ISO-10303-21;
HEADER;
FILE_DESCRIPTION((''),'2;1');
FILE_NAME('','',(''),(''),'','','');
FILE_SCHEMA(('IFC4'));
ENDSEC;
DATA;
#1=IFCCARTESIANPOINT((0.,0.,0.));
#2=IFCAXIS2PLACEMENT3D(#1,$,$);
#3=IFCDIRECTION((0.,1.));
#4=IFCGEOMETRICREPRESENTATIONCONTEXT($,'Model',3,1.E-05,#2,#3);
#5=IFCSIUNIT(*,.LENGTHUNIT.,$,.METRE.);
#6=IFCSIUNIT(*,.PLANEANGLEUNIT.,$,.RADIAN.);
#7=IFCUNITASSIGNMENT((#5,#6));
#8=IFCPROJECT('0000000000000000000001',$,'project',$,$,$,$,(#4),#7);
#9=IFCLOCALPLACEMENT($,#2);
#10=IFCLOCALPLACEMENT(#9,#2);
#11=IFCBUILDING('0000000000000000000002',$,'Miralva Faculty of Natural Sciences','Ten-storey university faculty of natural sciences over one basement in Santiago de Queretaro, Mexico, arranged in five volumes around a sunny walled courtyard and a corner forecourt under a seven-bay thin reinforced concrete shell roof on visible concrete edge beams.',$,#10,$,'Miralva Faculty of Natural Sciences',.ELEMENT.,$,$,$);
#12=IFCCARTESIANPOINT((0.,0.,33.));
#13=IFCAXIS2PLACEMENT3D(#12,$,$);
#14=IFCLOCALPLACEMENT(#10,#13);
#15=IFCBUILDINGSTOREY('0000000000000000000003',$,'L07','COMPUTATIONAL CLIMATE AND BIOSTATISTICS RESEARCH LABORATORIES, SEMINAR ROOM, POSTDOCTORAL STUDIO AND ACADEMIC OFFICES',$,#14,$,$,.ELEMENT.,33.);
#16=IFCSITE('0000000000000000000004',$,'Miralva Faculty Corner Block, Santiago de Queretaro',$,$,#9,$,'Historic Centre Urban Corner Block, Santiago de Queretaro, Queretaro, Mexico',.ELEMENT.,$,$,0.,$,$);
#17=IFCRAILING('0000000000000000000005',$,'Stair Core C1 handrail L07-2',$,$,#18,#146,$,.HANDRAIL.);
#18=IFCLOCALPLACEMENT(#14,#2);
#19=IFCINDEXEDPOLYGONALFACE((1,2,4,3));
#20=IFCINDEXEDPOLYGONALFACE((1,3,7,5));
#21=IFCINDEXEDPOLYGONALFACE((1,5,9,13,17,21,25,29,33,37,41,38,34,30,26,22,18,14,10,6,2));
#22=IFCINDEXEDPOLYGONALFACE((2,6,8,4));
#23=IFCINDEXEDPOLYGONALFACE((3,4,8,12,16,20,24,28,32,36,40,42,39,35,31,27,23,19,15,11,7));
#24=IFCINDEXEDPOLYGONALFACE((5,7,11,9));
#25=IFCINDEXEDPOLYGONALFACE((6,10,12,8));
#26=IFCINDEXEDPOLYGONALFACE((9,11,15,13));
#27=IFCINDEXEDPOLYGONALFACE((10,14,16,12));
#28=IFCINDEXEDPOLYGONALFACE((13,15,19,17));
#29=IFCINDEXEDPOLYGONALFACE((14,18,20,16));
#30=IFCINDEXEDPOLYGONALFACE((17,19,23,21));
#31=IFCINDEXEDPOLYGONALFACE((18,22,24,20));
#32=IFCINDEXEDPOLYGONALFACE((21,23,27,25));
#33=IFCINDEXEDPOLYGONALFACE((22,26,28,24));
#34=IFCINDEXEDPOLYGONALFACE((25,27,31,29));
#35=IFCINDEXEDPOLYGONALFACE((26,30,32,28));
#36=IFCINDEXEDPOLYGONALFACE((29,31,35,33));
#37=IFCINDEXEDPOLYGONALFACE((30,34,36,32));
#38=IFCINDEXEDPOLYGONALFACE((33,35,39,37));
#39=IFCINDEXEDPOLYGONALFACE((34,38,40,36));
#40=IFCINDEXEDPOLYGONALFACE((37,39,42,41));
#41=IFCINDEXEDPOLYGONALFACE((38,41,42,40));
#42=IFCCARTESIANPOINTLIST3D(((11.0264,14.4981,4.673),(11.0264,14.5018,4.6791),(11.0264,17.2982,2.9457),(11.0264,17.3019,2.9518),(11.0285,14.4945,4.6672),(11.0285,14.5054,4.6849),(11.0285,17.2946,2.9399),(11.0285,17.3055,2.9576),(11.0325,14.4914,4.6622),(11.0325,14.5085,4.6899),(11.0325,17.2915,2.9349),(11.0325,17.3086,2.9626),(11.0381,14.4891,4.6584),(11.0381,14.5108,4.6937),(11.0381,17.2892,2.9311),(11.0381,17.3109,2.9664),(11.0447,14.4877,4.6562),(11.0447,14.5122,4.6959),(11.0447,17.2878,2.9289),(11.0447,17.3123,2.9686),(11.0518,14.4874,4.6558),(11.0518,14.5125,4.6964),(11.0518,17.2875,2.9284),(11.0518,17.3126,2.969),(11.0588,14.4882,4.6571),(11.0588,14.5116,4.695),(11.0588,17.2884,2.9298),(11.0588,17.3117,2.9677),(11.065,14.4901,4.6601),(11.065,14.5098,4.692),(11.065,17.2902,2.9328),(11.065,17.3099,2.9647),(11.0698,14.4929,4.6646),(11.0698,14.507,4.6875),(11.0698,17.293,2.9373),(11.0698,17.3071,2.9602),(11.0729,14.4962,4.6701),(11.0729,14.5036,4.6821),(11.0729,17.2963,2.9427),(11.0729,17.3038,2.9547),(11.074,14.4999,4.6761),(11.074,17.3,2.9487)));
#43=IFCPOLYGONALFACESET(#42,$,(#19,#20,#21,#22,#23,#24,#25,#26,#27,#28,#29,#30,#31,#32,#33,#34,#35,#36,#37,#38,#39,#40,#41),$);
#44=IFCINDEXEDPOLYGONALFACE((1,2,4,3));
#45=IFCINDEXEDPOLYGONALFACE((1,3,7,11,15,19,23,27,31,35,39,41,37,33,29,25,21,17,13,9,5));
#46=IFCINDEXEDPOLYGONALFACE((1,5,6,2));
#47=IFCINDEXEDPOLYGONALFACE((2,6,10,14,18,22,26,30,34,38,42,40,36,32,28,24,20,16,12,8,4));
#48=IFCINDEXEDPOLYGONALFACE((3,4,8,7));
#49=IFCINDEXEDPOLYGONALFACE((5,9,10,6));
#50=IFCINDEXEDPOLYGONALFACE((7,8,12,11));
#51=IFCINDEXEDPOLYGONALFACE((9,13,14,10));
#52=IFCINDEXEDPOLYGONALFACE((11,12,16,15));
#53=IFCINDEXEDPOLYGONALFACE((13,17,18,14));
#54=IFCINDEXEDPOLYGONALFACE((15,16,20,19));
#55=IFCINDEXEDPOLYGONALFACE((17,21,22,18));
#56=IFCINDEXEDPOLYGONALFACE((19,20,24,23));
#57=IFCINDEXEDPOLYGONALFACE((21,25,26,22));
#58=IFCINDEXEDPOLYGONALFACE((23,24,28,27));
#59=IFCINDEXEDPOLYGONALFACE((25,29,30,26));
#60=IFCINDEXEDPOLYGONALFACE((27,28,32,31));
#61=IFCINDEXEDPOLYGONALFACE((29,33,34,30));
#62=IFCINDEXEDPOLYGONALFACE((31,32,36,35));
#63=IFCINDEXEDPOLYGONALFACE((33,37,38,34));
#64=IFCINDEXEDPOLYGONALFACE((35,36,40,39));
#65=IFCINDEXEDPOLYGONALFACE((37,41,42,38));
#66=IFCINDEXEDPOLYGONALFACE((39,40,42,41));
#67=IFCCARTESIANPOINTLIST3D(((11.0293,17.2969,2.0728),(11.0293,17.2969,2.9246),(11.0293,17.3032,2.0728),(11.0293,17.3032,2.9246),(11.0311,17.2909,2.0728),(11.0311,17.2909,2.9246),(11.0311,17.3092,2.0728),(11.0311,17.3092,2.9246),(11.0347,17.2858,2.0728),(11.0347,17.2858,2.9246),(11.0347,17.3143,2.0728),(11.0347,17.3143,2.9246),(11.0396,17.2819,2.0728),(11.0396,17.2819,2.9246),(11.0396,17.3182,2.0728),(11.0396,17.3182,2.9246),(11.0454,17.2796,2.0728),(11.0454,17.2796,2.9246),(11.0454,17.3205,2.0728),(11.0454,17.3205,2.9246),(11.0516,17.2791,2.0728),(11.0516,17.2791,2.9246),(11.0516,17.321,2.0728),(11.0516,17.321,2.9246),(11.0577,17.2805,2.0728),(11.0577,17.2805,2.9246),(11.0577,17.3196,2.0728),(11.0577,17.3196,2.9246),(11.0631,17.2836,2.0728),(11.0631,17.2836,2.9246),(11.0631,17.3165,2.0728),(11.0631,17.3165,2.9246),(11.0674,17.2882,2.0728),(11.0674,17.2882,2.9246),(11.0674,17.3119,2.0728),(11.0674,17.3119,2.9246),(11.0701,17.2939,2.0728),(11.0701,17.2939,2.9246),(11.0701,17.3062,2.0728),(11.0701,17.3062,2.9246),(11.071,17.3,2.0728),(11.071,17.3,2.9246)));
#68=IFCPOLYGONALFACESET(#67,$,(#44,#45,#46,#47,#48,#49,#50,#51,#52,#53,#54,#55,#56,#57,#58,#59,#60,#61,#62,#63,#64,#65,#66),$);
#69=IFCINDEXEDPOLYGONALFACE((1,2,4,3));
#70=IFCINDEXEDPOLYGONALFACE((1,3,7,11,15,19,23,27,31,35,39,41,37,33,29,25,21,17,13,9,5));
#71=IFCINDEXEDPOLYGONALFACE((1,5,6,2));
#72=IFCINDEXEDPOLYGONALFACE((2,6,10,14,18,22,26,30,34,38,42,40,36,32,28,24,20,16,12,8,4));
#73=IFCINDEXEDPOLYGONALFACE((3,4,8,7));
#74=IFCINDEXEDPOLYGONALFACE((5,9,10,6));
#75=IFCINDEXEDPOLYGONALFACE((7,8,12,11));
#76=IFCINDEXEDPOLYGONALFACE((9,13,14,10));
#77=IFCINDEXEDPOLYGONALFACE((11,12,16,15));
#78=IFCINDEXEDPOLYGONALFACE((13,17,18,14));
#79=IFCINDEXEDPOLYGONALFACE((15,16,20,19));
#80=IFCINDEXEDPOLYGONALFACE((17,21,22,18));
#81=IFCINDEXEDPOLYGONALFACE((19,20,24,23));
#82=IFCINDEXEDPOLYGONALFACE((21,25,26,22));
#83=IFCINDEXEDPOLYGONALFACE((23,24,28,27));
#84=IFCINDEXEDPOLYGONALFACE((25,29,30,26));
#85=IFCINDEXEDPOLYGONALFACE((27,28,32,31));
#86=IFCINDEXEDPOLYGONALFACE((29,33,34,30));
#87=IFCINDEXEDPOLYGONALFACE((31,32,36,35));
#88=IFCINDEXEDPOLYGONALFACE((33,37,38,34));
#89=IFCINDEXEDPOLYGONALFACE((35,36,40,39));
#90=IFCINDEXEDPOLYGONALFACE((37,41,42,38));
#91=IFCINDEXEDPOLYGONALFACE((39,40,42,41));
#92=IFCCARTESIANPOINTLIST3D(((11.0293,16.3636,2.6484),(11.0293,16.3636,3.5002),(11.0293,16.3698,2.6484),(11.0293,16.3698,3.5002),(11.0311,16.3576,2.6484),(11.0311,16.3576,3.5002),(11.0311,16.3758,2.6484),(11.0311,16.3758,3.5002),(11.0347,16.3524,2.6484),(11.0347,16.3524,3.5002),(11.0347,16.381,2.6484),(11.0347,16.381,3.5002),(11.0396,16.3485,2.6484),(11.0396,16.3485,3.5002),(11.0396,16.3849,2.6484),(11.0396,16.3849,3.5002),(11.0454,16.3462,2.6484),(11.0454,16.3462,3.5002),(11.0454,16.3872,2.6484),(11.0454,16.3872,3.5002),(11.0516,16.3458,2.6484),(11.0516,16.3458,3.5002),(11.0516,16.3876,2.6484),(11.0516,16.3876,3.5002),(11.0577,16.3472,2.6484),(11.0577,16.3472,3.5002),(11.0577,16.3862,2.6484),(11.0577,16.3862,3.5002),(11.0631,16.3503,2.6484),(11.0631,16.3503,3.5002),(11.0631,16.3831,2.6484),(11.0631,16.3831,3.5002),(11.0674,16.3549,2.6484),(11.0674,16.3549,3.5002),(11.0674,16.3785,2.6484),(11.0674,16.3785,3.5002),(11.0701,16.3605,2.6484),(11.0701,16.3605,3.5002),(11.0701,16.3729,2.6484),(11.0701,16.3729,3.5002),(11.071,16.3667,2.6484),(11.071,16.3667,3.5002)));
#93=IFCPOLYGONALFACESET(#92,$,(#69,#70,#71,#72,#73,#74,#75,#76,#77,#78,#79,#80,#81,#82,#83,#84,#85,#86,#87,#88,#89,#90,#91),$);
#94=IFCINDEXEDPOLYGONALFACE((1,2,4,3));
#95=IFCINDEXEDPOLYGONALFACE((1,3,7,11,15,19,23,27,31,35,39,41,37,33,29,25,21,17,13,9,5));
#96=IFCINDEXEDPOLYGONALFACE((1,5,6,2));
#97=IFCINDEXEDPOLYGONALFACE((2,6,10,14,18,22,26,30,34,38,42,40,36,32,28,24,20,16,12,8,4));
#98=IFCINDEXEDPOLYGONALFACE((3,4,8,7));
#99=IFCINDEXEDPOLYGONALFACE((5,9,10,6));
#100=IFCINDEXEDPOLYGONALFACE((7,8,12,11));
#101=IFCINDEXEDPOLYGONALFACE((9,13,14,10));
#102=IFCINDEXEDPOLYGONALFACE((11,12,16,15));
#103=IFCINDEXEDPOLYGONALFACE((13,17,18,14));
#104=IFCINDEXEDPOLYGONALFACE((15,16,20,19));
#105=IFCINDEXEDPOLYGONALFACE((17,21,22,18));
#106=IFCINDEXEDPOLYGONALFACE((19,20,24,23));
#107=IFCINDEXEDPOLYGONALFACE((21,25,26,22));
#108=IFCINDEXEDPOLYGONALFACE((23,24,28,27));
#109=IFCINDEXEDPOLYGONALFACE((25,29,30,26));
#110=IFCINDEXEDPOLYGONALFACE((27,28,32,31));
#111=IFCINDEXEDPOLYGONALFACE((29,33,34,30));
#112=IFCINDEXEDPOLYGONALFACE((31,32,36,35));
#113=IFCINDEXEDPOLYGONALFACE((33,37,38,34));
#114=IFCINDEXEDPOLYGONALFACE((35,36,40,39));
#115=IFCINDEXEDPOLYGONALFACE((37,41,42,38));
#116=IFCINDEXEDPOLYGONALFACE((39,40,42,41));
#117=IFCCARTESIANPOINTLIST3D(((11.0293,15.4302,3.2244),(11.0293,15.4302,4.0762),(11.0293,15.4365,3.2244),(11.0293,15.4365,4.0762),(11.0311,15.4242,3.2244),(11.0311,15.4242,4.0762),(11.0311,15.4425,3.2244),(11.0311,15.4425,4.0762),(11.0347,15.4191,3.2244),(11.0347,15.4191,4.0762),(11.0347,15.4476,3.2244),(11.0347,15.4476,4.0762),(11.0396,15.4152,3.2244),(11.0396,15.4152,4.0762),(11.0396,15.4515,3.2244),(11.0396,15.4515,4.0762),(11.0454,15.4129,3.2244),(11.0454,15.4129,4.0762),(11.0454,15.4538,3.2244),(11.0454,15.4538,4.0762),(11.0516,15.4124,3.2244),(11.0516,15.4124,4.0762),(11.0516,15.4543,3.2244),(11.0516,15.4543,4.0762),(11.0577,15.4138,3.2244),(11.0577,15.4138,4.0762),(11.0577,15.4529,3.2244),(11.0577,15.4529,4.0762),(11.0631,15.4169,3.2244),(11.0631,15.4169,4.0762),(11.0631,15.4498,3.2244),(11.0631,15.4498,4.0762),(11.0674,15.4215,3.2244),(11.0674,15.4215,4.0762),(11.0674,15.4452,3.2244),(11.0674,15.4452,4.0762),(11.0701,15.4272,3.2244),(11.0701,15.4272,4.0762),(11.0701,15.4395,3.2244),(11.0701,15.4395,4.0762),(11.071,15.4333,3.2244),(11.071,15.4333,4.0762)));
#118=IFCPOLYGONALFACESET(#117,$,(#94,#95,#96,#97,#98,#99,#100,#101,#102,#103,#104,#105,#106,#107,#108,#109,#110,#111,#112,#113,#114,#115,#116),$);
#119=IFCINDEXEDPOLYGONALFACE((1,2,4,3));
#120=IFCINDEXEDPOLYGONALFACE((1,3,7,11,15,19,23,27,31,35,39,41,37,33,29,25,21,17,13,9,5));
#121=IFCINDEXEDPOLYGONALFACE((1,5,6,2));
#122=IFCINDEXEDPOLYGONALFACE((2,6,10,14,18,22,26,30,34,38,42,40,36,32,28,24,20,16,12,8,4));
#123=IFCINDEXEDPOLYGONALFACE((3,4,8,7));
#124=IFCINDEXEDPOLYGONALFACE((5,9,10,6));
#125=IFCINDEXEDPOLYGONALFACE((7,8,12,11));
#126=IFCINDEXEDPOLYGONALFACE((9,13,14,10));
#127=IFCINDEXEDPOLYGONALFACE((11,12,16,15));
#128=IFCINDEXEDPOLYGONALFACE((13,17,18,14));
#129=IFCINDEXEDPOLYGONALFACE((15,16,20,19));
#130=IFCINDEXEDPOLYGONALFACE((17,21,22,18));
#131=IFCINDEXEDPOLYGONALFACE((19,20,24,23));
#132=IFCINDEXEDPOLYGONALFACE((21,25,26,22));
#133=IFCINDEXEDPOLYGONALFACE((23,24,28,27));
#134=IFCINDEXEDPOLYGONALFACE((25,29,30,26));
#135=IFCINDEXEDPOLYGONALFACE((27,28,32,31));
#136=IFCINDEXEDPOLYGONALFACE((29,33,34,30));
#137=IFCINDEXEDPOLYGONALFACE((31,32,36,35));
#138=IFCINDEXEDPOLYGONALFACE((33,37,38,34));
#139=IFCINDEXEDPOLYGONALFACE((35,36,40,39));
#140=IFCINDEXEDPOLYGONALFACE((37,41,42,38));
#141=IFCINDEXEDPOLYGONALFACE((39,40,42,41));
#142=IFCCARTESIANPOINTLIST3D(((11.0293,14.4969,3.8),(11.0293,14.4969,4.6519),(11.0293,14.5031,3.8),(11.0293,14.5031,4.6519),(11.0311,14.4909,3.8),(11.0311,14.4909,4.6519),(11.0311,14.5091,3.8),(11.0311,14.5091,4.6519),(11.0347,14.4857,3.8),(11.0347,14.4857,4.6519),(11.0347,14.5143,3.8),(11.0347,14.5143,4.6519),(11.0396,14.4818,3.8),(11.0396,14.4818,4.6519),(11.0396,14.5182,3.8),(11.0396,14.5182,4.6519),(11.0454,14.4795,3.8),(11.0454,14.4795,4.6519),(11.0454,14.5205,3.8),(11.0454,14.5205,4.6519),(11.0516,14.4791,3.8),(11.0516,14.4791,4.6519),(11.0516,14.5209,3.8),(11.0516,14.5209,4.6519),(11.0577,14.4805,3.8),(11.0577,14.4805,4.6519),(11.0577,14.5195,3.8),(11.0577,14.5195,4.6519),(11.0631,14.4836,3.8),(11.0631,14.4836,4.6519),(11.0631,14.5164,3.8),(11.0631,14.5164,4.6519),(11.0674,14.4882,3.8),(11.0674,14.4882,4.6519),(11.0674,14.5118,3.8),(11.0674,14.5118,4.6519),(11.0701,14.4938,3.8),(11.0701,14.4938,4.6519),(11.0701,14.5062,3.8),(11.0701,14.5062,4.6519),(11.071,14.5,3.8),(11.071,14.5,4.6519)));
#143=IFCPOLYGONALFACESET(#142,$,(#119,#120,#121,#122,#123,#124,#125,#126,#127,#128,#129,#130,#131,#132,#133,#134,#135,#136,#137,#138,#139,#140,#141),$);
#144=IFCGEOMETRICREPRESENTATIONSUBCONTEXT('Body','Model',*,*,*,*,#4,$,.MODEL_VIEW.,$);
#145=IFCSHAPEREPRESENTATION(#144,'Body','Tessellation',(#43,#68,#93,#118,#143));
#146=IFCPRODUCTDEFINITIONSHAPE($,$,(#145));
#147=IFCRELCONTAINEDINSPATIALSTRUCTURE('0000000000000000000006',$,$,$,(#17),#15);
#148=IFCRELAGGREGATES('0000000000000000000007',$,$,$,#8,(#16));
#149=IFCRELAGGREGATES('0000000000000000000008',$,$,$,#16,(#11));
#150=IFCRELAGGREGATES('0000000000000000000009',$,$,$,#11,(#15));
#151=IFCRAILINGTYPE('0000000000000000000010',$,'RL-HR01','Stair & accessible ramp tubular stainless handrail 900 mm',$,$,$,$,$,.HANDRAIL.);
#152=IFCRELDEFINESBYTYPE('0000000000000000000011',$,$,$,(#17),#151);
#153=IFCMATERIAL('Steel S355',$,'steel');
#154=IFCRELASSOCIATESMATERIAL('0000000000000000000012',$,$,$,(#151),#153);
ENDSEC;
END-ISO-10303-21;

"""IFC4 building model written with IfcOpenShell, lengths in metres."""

from ifc_helpers import new_model, si_unit, direction, frame, origin, origin_2d, place, context, subcontext, project, spatial, circle, extrude, material, type_object, element, save


model = new_model("IFC4")

# Units and contexts
model_context = context("Model", 3, precision=1e-05, world=origin(), true_north=direction((0.0, 1.0)))
body_context = subcontext(model_context, "Body", "Model", "MODEL_VIEW")
ifc_project = project(units=[si_unit("LENGTHUNIT", "METRE"), si_unit("PLANEANGLEUNIT", "RADIAN")], contexts=[model_context])

# Site, building, storey
site_placement = place(None, origin())
site = spatial("IfcSite", under=ifc_project, at=site_placement, Name="Miralva Faculty Corner Block, Santiago de Queretaro", LongName="Historic Centre Urban Corner Block, Santiago de Queretaro, Queretaro, Mexico", CompositionType="ELEMENT", RefElevation=0.0)
building_placement = place(site_placement, origin())
building = spatial("IfcBuilding", under=site, at=building_placement, Name="Miralva Faculty of Natural Sciences", Description="Ten-storey university faculty of natural sciences over one basement in Santiago de Queretaro, Mexico, arranged in five volumes around a sunny walled courtyard and a corner forecourt under a seven-bay thin reinforced concrete shell roof on visible concrete edge beams.", LongName="Miralva Faculty of Natural Sciences", CompositionType="ELEMENT")
storey_placement = place(building_placement, frame((0.0, 0.0, 33.0)))
storey = spatial("IfcBuildingStorey", under=building, at=storey_placement, Name="L07", Description="COMPUTATIONAL CLIMATE AND BIOSTATISTICS RESEARCH LABORATORIES, SEMINAR ROOM, POSTDOCTORAL STUDIO AND ACADEMIC OFFICES", CompositionType="ELEMENT", Elevation=33.0)

# Railing
ifc_material_1 = material(Name="Steel S355", Category="steel")
railing_type_1 = type_object("IfcRailingType", Name="RL-HR01", Description="Stair & accessible ramp tubular stainless handrail 900 mm", PredefinedType="HANDRAIL", material=ifc_material_1)
railing_1_placement = place(storey_placement, frame((11.05, 17.3, 2.0728)))
element("IfcRailing", 1, at=railing_1_placement, inside=storey, type_object=railing_type_1, Name="Stair Core C1 handrail L07-2", PredefinedType="HANDRAIL", context=body_context, shape_type="SweptSolid", body=[
    extrude(circle(Radius=0.0239, at=origin_2d()), frame((0.0, 0.0, 0.876), z_axis=(0.0, -0.85109, 0.52502), x_axis=(1.0, 0.0, 0.0)), (0.0, 0.0, 1.0), 3.29),
    extrude(circle(Radius=0.021, at=origin_2d()), origin(), (0.0, 0.0, 1.0), 0.8518),
    extrude(circle(Radius=0.021, at=origin_2d()), frame((0.0, -0.9333, 0.5757)), (0.0, 0.0, 1.0), 0.8518),
    extrude(circle(Radius=0.021, at=origin_2d()), frame((0.0, -1.8667, 1.1516)), (0.0, 0.0, 1.0), 0.8518),
    extrude(circle(Radius=0.021, at=origin_2d()), frame((0.0, -2.8, 1.7273)), (0.0, 0.0, 1.0), 0.8518),
])

save(model, "model.ifc")
